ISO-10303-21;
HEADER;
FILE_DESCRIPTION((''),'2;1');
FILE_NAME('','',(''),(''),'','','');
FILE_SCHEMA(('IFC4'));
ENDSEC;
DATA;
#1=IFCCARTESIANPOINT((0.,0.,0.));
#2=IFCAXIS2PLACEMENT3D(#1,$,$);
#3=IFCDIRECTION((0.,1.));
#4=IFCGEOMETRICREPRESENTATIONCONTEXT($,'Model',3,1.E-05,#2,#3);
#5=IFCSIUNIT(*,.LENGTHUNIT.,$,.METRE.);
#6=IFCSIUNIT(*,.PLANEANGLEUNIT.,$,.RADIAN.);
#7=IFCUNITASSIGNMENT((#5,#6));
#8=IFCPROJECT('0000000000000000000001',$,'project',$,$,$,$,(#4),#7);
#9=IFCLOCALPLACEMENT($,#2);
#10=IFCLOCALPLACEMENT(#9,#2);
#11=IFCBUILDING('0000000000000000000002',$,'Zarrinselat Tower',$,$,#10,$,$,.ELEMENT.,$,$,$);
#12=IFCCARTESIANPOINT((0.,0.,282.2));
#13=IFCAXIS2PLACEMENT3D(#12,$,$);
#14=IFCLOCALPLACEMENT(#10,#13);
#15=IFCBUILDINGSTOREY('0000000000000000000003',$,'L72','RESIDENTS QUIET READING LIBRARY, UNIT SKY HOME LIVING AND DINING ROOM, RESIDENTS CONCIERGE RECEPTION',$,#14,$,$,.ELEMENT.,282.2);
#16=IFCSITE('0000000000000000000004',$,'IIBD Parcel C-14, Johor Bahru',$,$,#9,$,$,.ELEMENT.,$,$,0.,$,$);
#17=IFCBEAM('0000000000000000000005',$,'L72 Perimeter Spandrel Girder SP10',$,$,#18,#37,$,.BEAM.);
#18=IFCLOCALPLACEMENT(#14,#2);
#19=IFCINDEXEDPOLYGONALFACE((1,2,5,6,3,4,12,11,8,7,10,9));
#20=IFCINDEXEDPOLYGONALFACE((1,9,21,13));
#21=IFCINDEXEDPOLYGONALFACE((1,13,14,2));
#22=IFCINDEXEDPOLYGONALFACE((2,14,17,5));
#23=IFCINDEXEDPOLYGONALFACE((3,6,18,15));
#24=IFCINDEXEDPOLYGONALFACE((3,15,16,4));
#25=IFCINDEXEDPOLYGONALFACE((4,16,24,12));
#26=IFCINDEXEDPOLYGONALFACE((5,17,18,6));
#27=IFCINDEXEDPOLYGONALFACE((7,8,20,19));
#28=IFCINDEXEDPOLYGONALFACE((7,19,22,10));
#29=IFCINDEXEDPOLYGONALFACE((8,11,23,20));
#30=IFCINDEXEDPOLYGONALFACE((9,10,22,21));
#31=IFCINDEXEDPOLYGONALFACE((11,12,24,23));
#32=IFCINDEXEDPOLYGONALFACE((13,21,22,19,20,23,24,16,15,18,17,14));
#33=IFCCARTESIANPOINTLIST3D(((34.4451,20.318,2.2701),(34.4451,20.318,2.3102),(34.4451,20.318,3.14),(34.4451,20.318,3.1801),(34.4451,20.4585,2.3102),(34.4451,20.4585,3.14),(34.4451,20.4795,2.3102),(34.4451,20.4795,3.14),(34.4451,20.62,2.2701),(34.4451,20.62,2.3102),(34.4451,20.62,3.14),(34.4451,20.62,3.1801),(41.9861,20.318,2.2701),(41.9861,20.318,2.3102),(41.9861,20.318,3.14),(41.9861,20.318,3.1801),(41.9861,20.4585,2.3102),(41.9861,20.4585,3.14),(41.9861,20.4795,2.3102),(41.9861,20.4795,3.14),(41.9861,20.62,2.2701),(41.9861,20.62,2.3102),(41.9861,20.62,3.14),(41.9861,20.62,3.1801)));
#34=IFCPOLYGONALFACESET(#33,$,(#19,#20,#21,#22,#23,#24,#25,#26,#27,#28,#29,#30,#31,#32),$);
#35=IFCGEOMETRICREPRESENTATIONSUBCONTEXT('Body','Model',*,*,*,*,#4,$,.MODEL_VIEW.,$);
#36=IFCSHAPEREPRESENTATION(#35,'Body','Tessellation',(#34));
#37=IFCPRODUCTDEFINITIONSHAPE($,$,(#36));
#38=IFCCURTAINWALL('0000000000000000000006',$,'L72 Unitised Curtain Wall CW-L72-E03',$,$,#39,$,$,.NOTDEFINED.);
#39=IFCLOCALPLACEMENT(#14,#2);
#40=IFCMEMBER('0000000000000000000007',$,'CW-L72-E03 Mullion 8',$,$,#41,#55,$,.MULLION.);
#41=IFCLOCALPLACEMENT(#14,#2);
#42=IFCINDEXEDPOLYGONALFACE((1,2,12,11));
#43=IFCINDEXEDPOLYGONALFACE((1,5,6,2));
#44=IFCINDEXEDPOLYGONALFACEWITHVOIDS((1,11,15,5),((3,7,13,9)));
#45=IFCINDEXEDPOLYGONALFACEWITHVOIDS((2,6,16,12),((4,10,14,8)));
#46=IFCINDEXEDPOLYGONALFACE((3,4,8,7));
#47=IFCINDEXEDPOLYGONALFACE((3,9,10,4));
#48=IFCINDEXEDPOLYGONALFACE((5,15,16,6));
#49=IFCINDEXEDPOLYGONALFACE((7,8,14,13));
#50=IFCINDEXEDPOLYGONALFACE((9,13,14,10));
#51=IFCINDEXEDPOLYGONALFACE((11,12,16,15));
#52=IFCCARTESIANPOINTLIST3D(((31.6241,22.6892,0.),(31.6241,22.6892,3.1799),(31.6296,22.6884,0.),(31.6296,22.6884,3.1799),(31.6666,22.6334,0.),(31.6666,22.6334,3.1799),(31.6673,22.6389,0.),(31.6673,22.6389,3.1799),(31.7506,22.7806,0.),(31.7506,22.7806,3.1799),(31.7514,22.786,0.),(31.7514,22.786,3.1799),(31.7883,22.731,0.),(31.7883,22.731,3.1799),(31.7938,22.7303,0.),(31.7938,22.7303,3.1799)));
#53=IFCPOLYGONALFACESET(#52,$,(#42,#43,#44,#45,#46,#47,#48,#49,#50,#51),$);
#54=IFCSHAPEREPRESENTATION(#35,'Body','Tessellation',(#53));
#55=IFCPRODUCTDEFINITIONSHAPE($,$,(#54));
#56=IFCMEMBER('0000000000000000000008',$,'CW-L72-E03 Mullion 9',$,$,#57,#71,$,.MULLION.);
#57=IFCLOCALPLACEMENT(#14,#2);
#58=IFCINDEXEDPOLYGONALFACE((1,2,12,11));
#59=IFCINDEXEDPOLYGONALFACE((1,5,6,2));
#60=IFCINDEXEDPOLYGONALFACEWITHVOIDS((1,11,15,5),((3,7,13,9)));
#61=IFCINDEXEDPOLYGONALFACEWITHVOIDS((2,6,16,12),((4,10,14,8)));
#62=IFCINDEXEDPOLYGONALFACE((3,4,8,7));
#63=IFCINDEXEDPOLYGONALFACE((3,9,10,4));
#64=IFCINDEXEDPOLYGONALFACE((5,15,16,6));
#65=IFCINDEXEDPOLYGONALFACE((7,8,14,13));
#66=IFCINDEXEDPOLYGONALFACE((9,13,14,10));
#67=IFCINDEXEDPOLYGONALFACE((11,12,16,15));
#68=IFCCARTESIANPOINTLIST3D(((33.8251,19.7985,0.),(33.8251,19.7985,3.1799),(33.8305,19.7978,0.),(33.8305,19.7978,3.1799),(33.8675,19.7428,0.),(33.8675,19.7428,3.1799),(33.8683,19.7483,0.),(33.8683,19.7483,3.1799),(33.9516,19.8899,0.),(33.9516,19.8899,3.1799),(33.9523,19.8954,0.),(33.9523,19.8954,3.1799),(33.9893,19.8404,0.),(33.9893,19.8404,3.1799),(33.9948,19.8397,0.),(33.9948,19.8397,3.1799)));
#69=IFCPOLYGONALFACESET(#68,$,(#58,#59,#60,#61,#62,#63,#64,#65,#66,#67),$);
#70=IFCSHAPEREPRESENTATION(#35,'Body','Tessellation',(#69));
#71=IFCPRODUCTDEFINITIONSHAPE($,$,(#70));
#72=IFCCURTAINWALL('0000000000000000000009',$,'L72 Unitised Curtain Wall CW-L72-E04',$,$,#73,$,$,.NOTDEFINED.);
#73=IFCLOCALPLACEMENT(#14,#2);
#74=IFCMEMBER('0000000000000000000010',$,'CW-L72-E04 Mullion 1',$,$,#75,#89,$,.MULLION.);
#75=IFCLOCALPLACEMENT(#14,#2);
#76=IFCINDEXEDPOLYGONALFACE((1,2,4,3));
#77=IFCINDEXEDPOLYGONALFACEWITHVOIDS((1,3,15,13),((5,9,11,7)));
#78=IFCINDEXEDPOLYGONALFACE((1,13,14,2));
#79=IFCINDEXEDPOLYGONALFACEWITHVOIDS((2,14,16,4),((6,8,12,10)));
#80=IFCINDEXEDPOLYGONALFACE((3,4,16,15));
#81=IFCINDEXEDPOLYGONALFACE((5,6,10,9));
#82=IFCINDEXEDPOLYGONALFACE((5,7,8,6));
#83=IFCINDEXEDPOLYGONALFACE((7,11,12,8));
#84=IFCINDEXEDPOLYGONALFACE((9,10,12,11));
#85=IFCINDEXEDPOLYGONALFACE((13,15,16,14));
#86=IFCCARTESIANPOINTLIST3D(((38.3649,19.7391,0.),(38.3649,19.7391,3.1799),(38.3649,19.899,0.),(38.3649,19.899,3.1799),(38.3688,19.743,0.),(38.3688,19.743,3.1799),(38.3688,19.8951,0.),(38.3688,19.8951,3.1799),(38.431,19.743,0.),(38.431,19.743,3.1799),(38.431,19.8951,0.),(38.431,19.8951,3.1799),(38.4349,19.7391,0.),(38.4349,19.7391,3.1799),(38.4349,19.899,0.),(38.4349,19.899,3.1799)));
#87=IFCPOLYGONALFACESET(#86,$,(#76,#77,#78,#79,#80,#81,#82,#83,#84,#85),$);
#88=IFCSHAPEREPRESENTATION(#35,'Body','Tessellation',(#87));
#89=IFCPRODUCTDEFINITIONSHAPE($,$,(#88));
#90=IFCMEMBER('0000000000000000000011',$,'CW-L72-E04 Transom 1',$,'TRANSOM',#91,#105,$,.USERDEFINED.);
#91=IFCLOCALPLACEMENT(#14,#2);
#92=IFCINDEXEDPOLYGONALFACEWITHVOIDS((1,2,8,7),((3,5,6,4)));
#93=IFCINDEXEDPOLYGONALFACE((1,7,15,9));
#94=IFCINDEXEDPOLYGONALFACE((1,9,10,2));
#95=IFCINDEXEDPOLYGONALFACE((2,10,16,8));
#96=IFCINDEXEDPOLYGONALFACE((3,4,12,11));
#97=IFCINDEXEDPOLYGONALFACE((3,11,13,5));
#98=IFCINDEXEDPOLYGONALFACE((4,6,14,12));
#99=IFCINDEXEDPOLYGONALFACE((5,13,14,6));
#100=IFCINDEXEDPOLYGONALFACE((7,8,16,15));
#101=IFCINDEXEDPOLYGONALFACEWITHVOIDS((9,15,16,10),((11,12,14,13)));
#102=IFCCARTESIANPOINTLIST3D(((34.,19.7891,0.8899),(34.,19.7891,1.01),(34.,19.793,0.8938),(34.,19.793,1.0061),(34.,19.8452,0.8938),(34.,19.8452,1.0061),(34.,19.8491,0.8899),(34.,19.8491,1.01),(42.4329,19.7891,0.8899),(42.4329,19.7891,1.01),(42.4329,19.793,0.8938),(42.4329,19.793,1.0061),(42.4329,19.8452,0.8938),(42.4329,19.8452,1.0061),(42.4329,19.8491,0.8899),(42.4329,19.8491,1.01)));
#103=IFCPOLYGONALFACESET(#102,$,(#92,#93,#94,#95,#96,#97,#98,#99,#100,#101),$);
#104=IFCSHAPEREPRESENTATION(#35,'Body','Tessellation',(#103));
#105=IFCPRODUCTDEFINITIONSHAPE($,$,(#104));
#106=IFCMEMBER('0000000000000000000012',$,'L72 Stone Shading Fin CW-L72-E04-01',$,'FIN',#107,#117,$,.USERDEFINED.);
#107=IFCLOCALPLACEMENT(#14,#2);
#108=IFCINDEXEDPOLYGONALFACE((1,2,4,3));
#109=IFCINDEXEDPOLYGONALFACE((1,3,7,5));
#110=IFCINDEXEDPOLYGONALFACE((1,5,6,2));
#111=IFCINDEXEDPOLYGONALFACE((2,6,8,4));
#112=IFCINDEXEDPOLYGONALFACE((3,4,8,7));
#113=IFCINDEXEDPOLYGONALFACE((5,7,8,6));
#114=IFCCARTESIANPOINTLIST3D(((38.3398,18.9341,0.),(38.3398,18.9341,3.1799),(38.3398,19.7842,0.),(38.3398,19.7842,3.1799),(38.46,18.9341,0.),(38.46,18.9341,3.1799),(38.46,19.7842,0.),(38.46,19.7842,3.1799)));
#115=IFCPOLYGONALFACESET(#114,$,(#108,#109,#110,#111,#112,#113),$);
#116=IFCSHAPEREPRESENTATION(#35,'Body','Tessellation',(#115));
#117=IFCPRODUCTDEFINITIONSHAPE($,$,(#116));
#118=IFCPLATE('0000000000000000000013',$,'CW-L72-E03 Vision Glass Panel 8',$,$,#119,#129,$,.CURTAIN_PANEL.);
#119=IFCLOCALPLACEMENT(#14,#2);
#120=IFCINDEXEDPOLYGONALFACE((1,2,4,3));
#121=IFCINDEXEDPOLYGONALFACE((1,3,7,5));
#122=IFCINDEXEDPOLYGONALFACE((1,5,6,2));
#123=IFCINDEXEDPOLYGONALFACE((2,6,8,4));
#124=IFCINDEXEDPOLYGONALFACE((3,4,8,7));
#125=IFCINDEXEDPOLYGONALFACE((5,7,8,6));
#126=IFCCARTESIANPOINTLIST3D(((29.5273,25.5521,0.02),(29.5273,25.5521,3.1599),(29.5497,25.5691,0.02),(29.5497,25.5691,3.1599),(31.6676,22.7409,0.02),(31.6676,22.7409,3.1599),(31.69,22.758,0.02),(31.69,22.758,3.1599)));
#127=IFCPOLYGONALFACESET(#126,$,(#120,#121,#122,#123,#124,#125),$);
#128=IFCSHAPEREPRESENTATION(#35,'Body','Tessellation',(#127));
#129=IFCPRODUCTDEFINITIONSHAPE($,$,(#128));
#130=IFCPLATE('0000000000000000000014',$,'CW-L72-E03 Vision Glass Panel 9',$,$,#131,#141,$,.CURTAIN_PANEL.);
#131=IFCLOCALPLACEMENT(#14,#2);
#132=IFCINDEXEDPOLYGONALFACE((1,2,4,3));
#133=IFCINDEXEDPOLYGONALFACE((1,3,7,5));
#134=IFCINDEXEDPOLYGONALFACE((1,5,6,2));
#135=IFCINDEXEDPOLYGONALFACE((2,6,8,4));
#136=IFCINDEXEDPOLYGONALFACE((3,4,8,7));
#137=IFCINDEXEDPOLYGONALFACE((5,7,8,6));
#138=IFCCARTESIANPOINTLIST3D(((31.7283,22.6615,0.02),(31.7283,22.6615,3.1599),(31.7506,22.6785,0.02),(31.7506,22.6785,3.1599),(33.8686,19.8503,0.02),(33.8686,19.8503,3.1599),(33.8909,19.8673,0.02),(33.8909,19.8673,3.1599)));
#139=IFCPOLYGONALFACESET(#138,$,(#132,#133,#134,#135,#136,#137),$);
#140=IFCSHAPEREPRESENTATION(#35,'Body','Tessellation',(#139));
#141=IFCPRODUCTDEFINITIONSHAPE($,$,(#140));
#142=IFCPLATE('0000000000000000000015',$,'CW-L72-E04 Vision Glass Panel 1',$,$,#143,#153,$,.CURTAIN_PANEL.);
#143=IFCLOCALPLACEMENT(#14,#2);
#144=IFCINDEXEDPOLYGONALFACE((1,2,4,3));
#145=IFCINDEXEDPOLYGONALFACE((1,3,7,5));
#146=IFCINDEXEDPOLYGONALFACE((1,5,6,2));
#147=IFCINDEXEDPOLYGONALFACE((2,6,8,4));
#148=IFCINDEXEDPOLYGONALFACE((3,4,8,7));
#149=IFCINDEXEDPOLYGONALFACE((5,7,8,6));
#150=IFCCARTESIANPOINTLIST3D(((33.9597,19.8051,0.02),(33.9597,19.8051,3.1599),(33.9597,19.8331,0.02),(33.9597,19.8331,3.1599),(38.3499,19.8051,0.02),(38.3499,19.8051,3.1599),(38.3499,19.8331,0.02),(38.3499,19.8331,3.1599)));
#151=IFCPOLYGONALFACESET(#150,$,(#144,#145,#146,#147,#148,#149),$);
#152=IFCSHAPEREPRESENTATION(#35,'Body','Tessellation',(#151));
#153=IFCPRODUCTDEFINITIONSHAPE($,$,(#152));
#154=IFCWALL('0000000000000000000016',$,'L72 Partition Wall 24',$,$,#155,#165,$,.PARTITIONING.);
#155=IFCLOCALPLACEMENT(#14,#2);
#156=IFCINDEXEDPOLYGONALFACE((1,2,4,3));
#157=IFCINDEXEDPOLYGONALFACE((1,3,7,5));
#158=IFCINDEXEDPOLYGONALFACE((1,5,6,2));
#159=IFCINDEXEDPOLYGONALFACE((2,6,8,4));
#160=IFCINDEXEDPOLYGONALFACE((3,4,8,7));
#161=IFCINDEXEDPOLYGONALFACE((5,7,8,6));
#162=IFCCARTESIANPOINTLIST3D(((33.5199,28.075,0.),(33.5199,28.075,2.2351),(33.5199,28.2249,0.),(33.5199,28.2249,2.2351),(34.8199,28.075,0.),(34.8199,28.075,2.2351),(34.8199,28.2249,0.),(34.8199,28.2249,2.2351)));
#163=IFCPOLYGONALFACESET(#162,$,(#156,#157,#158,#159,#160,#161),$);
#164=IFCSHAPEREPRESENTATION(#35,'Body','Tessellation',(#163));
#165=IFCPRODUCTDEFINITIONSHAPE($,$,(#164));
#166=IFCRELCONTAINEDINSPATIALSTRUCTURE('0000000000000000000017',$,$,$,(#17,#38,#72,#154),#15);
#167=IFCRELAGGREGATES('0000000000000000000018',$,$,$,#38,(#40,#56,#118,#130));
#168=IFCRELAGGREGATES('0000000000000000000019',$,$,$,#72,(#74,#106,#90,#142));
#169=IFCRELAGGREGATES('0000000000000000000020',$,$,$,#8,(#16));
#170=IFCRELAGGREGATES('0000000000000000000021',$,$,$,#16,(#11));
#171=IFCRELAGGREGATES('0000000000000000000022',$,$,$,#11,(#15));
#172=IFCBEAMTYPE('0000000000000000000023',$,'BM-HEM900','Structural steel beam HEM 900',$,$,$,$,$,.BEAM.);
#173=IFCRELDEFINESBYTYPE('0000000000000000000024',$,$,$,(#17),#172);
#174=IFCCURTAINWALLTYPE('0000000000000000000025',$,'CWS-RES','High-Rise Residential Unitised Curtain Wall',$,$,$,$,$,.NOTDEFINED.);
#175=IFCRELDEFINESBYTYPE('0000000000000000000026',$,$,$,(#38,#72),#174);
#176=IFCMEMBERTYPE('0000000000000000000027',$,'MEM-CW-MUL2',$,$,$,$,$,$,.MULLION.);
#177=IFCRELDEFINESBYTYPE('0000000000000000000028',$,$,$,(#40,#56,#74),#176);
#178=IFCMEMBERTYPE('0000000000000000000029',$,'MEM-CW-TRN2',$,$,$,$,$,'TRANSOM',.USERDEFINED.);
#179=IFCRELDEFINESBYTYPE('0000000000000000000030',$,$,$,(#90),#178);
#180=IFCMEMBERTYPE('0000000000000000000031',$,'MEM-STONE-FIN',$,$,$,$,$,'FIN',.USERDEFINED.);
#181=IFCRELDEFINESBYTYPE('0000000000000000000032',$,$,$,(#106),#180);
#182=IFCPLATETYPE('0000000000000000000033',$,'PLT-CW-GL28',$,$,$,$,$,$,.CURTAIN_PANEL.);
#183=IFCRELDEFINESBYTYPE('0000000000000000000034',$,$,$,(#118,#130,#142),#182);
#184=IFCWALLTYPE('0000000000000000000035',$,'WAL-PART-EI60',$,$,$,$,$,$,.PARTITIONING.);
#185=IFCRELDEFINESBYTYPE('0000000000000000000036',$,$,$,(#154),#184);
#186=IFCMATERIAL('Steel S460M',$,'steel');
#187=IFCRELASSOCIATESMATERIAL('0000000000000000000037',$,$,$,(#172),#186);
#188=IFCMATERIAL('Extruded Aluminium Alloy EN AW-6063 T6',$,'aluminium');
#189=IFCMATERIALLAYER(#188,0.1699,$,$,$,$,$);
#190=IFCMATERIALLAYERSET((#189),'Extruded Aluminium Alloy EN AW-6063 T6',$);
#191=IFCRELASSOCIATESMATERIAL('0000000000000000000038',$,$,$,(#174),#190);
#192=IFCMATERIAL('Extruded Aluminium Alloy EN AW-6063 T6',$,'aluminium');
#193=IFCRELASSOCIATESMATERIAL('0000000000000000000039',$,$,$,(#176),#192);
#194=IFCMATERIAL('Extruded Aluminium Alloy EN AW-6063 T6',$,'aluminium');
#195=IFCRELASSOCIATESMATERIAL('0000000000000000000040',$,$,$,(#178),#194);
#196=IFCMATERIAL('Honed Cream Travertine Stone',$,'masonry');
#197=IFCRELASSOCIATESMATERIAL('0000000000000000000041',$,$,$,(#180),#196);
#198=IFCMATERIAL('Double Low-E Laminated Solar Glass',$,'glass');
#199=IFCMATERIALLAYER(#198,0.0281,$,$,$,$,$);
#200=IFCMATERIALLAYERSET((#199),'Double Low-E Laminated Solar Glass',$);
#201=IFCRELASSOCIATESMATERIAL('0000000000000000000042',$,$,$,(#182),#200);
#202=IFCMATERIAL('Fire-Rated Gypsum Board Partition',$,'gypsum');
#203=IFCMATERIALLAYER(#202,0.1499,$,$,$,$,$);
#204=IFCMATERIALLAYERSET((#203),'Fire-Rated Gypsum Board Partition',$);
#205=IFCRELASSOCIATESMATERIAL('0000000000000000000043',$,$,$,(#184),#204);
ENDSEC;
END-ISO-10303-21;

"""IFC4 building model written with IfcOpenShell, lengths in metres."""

from ifc_helpers import new_model, si_unit, direction, frame, frame_2d, origin, origin_2d, place, context, subcontext, project, spatial, rectangle, hollow_rectangle, i_section, extrude, material, layer, layer_set, material_profile, profile_set, type_object, element, aggregate, save


model = new_model("IFC4")

# Units and contexts
model_context = context("Model", 3, precision=1e-05, world=origin(), true_north=direction((0.0, 1.0)))
body_context = subcontext(model_context, "Body", "Model", "MODEL_VIEW")
ifc_project = project(units=[si_unit("LENGTHUNIT", "METRE"), si_unit("PLANEANGLEUNIT", "RADIAN")], contexts=[model_context])

# Site, building, storey
site_placement = place(None, origin())
site = spatial("IfcSite", under=ifc_project, at=site_placement, Name="IIBD Parcel C-14, Johor Bahru", CompositionType="ELEMENT", RefElevation=0.0)
building_placement = place(site_placement, origin())
building = spatial("IfcBuilding", under=site, at=building_placement, Name="Zarrinselat Tower", CompositionType="ELEMENT")
storey_placement = place(building_placement, frame((0.0, 0.0, 282.2)))
storey = spatial("IfcBuildingStorey", under=building, at=storey_placement, Name="L72", Description="RESIDENTS QUIET READING LIBRARY, UNIT SKY HOME LIVING AND DINING ROOM, RESIDENTS CONCIERGE RECEPTION", CompositionType="ELEMENT", Elevation=282.2)

# Beam
ifc_material_1 = material(Name="Steel S460M", Category="steel")
ifc_material_profile_1 = material_profile(ifc_material_1, i_section(OverallWidth=0.302, OverallDepth=0.9099, WebThickness=0.021, FlangeThickness=0.04, at=origin_2d()), Name="HEM 900")
ifc_profile_set_1 = profile_set([ifc_material_profile_1], Name="Steel S460M")
beam_type_1 = type_object("IfcBeamType", Name="BM-HEM900", Description="Structural steel beam HEM 900", PredefinedType="BEAM", material=ifc_profile_set_1)
beam_1_placement = place(storey_placement, frame((34.4451, 20.469, 2.7251), z_axis=(1.0, 0.0, 0.0), x_axis=(0.0, 1.0, 0.0)))
element("IfcBeam", 1, at=beam_1_placement, inside=storey, type_object=beam_type_1, Name="L72 Perimeter Spandrel Girder SP10", PredefinedType="BEAM", context=body_context, shape_type="SweptSolid", body=[
    extrude(i_section(OverallWidth=0.302, OverallDepth=0.9099, WebThickness=0.021, FlangeThickness=0.04, at=origin_2d()), origin(), (0.0, 0.0, 1.0), 7.541),
])

# Curtain walls, members
ifc_material_2 = material(Name="Extruded Aluminium Alloy EN AW-6063 T6", Category="aluminium")
ifc_layer_1 = layer(ifc_material_2, 0.1699)
ifc_layer_set_1 = layer_set([ifc_layer_1], Name="Extruded Aluminium Alloy EN AW-6063 T6")
curtain_wall_type = type_object("IfcCurtainWallType", Name="CWS-RES", Description="High-Rise Residential Unitised Curtain Wall", PredefinedType="NOTDEFINED", material=ifc_layer_set_1)
curtain_wall_1_placement = place(storey_placement, origin())
curtain_wall_1 = element("IfcCurtainWall", 2, at=curtain_wall_1_placement, inside=storey, type_object=curtain_wall_type, Name="L72 Unitised Curtain Wall CW-L72-E03", PredefinedType="NOTDEFINED")
ifc_material_3 = material(Name="Extruded Aluminium Alloy EN AW-6063 T6", Category="aluminium")
ifc_material_profile_2 = material_profile(ifc_material_3, hollow_rectangle(XDim=0.0701, YDim=0.1599, WallThickness=0.0039, at=origin_2d()), Name="RHS 160x70x4")
ifc_profile_set_2 = profile_set([ifc_material_profile_2], Name="Extruded Aluminium Alloy EN AW-6063 T6")
member_type_1 = type_object("IfcMemberType", Name="MEM-CW-MUL2", PredefinedType="MULLION", material=ifc_profile_set_2)
member_1_placement = place(storey_placement, frame((31.709, 22.7097, 0.0), z_axis=(0.0, 0.0, 1.0), x_axis=(0.605767, -0.795642, 0.0)))
member_1 = element("IfcMember", 3, at=member_1_placement, type_object=member_type_1, Name="CW-L72-E03 Mullion 8", PredefinedType="MULLION", context=body_context, shape_type="SweptSolid", body=[
    extrude(hollow_rectangle(XDim=0.0701, YDim=0.1599, WallThickness=0.0039, at=origin_2d()), origin(), (0.0, 0.0, 1.0), 3.1799),
])
member_2_placement = place(storey_placement, frame((33.9099, 19.8191, 0.0), z_axis=(0.0, 0.0, 1.0), x_axis=(0.605767, -0.795642, 0.0)))
member_2 = element("IfcMember", 4, at=member_2_placement, type_object=member_type_1, Name="CW-L72-E03 Mullion 9", PredefinedType="MULLION", context=body_context, shape_type="SweptSolid", body=[
    extrude(hollow_rectangle(XDim=0.0701, YDim=0.1599, WallThickness=0.0039, at=origin_2d()), origin(), (0.0, 0.0, 1.0), 3.1799),
])
curtain_wall_2_placement = place(storey_placement, origin())
curtain_wall_2 = element("IfcCurtainWall", 5, at=curtain_wall_2_placement, inside=storey, type_object=curtain_wall_type, Name="L72 Unitised Curtain Wall CW-L72-E04", PredefinedType="NOTDEFINED")
member_3_placement = place(storey_placement, frame((38.3999, 19.8191, 0.0), z_axis=(0.0, 0.0, 1.0), x_axis=(1.0, 0.0, 0.0)))
member_3 = element("IfcMember", 6, at=member_3_placement, type_object=member_type_1, Name="CW-L72-E04 Mullion 1", PredefinedType="MULLION", context=body_context, shape_type="SweptSolid", body=[
    extrude(hollow_rectangle(XDim=0.0701, YDim=0.1599, WallThickness=0.0039, at=origin_2d()), origin(), (0.0, 0.0, 1.0), 3.1799),
])
ifc_material_4 = material(Name="Extruded Aluminium Alloy EN AW-6063 T6", Category="aluminium")
ifc_material_profile_3 = material_profile(ifc_material_4, hollow_rectangle(XDim=0.0601, YDim=0.1201, WallThickness=0.0039, at=origin_2d()), Name="RHS 120x60x4")
ifc_profile_set_3 = profile_set([ifc_material_profile_3], Name="Extruded Aluminium Alloy EN AW-6063 T6")
member_type_2 = type_object("IfcMemberType", Name="MEM-CW-TRN2", ElementType="TRANSOM", PredefinedType="USERDEFINED", material=ifc_profile_set_3)
member_4_placement = place(storey_placement, frame((34.0, 19.8191, 0.95), z_axis=(1.0, 0.0, 0.0), x_axis=(0.0, 1.0, 0.0)))
member_4 = element("IfcMember", 7, at=member_4_placement, type_object=member_type_2, Name="CW-L72-E04 Transom 1", ObjectType="TRANSOM", PredefinedType="USERDEFINED", context=body_context, shape_type="SweptSolid", body=[
    extrude(hollow_rectangle(XDim=0.0601, YDim=0.1201, WallThickness=0.0039, at=origin_2d()), origin(), (0.0, 0.0, 1.0), 8.4329),
])
ifc_material_5 = material(Name="Honed Cream Travertine Stone", Category="masonry")
ifc_material_profile_4 = material_profile(ifc_material_5, rectangle(XDim=0.1201, YDim=0.8501, at=origin_2d()), Name="FIN 850x120")
ifc_profile_set_4 = profile_set([ifc_material_profile_4], Name="Honed Cream Travertine Stone")
member_type_3 = type_object("IfcMemberType", Name="MEM-STONE-FIN", ElementType="FIN", PredefinedType="USERDEFINED", material=ifc_profile_set_4)
member_5_placement = place(storey_placement, frame((38.3999, 19.3591, 0.0), z_axis=(0.0, 0.0, 1.0), x_axis=(-1.0, 0.0, 0.0)))
member_5 = element("IfcMember", 8, at=member_5_placement, type_object=member_type_3, Name="L72 Stone Shading Fin CW-L72-E04-01", ObjectType="FIN", PredefinedType="USERDEFINED", context=body_context, shape_type="SweptSolid", body=[
    extrude(rectangle(XDim=0.1201, YDim=0.8501, at=origin_2d()), origin(), (0.0, 0.0, 1.0), 3.1799),
])

# Plates
ifc_material_6 = material(Name="Double Low-E Laminated Solar Glass", Category="glass")
ifc_layer_2 = layer(ifc_material_6, 0.0281)
ifc_layer_set_2 = layer_set([ifc_layer_2], Name="Double Low-E Laminated Solar Glass")
plate_type = type_object("IfcPlateType", Name="PLT-CW-GL28", PredefinedType="CURTAIN_PANEL", material=ifc_layer_set_2)
plate_1_placement = place(storey_placement, frame((30.6086, 24.155, 0.02), z_axis=(0.0, 0.0, 1.0), x_axis=(0.605767, -0.795642, 0.0)))
plate_1 = element("IfcPlate", 9, at=plate_1_placement, type_object=plate_type, Name="CW-L72-E03 Vision Glass Panel 8", PredefinedType="CURTAIN_PANEL", context=body_context, shape_type="SweptSolid", body=[
    extrude(rectangle(XDim=3.5332, YDim=0.0281, at=origin_2d()), origin(), (0.0, 0.0, 1.0), 3.1399),
])
plate_2_placement = place(storey_placement, frame((32.8096, 21.2644, 0.02), z_axis=(0.0, 0.0, 1.0), x_axis=(0.605767, -0.795642, 0.0)))
plate_2 = element("IfcPlate", 10, at=plate_2_placement, type_object=plate_type, Name="CW-L72-E03 Vision Glass Panel 9", PredefinedType="CURTAIN_PANEL", context=body_context, shape_type="SweptSolid", body=[
    extrude(rectangle(XDim=3.5332, YDim=0.0281, at=origin_2d()), origin(), (0.0, 0.0, 1.0), 3.1399),
])
aggregate(curtain_wall_1, [member_1, member_2, plate_1, plate_2])
plate_3_placement = place(storey_placement, frame((36.1548, 19.8191, 0.02), z_axis=(0.0, 0.0, 1.0), x_axis=(1.0, 0.0, 0.0)))
plate_3 = element("IfcPlate", 11, at=plate_3_placement, type_object=plate_type, Name="CW-L72-E04 Vision Glass Panel 1", PredefinedType="CURTAIN_PANEL", context=body_context, shape_type="SweptSolid", body=[
    extrude(rectangle(XDim=4.3901, YDim=0.0281, at=origin_2d()), origin(), (0.0, 0.0, 1.0), 3.1399),
])
aggregate(curtain_wall_2, [member_3, member_5, member_4, plate_3])

# Wall
ifc_material_7 = material(Name="Fire-Rated Gypsum Board Partition", Category="gypsum")
ifc_layer_3 = layer(ifc_material_7, 0.1499)
ifc_layer_set_3 = layer_set([ifc_layer_3], Name="Fire-Rated Gypsum Board Partition")
wall_type_1 = type_object("IfcWallType", Name="WAL-PART-EI60", PredefinedType="PARTITIONING", material=ifc_layer_set_3)
wall_1_placement = place(storey_placement, frame((33.52, 28.1499, 0.0), z_axis=(0.0, 0.0, 1.0), x_axis=(1.0, 0.0, 0.0)))
element("IfcWall", 12, at=wall_1_placement, inside=storey, type_object=wall_type_1, Name="L72 Partition Wall 24", PredefinedType="PARTITIONING", context=body_context, shape_type="SweptSolid", body=[
    extrude(rectangle(XDim=1.3, YDim=0.1499, at=frame_2d((0.6499, 0.0))), origin(), (0.0, 0.0, 1.0), 2.2351),
])

save(model, "model.ifc")
